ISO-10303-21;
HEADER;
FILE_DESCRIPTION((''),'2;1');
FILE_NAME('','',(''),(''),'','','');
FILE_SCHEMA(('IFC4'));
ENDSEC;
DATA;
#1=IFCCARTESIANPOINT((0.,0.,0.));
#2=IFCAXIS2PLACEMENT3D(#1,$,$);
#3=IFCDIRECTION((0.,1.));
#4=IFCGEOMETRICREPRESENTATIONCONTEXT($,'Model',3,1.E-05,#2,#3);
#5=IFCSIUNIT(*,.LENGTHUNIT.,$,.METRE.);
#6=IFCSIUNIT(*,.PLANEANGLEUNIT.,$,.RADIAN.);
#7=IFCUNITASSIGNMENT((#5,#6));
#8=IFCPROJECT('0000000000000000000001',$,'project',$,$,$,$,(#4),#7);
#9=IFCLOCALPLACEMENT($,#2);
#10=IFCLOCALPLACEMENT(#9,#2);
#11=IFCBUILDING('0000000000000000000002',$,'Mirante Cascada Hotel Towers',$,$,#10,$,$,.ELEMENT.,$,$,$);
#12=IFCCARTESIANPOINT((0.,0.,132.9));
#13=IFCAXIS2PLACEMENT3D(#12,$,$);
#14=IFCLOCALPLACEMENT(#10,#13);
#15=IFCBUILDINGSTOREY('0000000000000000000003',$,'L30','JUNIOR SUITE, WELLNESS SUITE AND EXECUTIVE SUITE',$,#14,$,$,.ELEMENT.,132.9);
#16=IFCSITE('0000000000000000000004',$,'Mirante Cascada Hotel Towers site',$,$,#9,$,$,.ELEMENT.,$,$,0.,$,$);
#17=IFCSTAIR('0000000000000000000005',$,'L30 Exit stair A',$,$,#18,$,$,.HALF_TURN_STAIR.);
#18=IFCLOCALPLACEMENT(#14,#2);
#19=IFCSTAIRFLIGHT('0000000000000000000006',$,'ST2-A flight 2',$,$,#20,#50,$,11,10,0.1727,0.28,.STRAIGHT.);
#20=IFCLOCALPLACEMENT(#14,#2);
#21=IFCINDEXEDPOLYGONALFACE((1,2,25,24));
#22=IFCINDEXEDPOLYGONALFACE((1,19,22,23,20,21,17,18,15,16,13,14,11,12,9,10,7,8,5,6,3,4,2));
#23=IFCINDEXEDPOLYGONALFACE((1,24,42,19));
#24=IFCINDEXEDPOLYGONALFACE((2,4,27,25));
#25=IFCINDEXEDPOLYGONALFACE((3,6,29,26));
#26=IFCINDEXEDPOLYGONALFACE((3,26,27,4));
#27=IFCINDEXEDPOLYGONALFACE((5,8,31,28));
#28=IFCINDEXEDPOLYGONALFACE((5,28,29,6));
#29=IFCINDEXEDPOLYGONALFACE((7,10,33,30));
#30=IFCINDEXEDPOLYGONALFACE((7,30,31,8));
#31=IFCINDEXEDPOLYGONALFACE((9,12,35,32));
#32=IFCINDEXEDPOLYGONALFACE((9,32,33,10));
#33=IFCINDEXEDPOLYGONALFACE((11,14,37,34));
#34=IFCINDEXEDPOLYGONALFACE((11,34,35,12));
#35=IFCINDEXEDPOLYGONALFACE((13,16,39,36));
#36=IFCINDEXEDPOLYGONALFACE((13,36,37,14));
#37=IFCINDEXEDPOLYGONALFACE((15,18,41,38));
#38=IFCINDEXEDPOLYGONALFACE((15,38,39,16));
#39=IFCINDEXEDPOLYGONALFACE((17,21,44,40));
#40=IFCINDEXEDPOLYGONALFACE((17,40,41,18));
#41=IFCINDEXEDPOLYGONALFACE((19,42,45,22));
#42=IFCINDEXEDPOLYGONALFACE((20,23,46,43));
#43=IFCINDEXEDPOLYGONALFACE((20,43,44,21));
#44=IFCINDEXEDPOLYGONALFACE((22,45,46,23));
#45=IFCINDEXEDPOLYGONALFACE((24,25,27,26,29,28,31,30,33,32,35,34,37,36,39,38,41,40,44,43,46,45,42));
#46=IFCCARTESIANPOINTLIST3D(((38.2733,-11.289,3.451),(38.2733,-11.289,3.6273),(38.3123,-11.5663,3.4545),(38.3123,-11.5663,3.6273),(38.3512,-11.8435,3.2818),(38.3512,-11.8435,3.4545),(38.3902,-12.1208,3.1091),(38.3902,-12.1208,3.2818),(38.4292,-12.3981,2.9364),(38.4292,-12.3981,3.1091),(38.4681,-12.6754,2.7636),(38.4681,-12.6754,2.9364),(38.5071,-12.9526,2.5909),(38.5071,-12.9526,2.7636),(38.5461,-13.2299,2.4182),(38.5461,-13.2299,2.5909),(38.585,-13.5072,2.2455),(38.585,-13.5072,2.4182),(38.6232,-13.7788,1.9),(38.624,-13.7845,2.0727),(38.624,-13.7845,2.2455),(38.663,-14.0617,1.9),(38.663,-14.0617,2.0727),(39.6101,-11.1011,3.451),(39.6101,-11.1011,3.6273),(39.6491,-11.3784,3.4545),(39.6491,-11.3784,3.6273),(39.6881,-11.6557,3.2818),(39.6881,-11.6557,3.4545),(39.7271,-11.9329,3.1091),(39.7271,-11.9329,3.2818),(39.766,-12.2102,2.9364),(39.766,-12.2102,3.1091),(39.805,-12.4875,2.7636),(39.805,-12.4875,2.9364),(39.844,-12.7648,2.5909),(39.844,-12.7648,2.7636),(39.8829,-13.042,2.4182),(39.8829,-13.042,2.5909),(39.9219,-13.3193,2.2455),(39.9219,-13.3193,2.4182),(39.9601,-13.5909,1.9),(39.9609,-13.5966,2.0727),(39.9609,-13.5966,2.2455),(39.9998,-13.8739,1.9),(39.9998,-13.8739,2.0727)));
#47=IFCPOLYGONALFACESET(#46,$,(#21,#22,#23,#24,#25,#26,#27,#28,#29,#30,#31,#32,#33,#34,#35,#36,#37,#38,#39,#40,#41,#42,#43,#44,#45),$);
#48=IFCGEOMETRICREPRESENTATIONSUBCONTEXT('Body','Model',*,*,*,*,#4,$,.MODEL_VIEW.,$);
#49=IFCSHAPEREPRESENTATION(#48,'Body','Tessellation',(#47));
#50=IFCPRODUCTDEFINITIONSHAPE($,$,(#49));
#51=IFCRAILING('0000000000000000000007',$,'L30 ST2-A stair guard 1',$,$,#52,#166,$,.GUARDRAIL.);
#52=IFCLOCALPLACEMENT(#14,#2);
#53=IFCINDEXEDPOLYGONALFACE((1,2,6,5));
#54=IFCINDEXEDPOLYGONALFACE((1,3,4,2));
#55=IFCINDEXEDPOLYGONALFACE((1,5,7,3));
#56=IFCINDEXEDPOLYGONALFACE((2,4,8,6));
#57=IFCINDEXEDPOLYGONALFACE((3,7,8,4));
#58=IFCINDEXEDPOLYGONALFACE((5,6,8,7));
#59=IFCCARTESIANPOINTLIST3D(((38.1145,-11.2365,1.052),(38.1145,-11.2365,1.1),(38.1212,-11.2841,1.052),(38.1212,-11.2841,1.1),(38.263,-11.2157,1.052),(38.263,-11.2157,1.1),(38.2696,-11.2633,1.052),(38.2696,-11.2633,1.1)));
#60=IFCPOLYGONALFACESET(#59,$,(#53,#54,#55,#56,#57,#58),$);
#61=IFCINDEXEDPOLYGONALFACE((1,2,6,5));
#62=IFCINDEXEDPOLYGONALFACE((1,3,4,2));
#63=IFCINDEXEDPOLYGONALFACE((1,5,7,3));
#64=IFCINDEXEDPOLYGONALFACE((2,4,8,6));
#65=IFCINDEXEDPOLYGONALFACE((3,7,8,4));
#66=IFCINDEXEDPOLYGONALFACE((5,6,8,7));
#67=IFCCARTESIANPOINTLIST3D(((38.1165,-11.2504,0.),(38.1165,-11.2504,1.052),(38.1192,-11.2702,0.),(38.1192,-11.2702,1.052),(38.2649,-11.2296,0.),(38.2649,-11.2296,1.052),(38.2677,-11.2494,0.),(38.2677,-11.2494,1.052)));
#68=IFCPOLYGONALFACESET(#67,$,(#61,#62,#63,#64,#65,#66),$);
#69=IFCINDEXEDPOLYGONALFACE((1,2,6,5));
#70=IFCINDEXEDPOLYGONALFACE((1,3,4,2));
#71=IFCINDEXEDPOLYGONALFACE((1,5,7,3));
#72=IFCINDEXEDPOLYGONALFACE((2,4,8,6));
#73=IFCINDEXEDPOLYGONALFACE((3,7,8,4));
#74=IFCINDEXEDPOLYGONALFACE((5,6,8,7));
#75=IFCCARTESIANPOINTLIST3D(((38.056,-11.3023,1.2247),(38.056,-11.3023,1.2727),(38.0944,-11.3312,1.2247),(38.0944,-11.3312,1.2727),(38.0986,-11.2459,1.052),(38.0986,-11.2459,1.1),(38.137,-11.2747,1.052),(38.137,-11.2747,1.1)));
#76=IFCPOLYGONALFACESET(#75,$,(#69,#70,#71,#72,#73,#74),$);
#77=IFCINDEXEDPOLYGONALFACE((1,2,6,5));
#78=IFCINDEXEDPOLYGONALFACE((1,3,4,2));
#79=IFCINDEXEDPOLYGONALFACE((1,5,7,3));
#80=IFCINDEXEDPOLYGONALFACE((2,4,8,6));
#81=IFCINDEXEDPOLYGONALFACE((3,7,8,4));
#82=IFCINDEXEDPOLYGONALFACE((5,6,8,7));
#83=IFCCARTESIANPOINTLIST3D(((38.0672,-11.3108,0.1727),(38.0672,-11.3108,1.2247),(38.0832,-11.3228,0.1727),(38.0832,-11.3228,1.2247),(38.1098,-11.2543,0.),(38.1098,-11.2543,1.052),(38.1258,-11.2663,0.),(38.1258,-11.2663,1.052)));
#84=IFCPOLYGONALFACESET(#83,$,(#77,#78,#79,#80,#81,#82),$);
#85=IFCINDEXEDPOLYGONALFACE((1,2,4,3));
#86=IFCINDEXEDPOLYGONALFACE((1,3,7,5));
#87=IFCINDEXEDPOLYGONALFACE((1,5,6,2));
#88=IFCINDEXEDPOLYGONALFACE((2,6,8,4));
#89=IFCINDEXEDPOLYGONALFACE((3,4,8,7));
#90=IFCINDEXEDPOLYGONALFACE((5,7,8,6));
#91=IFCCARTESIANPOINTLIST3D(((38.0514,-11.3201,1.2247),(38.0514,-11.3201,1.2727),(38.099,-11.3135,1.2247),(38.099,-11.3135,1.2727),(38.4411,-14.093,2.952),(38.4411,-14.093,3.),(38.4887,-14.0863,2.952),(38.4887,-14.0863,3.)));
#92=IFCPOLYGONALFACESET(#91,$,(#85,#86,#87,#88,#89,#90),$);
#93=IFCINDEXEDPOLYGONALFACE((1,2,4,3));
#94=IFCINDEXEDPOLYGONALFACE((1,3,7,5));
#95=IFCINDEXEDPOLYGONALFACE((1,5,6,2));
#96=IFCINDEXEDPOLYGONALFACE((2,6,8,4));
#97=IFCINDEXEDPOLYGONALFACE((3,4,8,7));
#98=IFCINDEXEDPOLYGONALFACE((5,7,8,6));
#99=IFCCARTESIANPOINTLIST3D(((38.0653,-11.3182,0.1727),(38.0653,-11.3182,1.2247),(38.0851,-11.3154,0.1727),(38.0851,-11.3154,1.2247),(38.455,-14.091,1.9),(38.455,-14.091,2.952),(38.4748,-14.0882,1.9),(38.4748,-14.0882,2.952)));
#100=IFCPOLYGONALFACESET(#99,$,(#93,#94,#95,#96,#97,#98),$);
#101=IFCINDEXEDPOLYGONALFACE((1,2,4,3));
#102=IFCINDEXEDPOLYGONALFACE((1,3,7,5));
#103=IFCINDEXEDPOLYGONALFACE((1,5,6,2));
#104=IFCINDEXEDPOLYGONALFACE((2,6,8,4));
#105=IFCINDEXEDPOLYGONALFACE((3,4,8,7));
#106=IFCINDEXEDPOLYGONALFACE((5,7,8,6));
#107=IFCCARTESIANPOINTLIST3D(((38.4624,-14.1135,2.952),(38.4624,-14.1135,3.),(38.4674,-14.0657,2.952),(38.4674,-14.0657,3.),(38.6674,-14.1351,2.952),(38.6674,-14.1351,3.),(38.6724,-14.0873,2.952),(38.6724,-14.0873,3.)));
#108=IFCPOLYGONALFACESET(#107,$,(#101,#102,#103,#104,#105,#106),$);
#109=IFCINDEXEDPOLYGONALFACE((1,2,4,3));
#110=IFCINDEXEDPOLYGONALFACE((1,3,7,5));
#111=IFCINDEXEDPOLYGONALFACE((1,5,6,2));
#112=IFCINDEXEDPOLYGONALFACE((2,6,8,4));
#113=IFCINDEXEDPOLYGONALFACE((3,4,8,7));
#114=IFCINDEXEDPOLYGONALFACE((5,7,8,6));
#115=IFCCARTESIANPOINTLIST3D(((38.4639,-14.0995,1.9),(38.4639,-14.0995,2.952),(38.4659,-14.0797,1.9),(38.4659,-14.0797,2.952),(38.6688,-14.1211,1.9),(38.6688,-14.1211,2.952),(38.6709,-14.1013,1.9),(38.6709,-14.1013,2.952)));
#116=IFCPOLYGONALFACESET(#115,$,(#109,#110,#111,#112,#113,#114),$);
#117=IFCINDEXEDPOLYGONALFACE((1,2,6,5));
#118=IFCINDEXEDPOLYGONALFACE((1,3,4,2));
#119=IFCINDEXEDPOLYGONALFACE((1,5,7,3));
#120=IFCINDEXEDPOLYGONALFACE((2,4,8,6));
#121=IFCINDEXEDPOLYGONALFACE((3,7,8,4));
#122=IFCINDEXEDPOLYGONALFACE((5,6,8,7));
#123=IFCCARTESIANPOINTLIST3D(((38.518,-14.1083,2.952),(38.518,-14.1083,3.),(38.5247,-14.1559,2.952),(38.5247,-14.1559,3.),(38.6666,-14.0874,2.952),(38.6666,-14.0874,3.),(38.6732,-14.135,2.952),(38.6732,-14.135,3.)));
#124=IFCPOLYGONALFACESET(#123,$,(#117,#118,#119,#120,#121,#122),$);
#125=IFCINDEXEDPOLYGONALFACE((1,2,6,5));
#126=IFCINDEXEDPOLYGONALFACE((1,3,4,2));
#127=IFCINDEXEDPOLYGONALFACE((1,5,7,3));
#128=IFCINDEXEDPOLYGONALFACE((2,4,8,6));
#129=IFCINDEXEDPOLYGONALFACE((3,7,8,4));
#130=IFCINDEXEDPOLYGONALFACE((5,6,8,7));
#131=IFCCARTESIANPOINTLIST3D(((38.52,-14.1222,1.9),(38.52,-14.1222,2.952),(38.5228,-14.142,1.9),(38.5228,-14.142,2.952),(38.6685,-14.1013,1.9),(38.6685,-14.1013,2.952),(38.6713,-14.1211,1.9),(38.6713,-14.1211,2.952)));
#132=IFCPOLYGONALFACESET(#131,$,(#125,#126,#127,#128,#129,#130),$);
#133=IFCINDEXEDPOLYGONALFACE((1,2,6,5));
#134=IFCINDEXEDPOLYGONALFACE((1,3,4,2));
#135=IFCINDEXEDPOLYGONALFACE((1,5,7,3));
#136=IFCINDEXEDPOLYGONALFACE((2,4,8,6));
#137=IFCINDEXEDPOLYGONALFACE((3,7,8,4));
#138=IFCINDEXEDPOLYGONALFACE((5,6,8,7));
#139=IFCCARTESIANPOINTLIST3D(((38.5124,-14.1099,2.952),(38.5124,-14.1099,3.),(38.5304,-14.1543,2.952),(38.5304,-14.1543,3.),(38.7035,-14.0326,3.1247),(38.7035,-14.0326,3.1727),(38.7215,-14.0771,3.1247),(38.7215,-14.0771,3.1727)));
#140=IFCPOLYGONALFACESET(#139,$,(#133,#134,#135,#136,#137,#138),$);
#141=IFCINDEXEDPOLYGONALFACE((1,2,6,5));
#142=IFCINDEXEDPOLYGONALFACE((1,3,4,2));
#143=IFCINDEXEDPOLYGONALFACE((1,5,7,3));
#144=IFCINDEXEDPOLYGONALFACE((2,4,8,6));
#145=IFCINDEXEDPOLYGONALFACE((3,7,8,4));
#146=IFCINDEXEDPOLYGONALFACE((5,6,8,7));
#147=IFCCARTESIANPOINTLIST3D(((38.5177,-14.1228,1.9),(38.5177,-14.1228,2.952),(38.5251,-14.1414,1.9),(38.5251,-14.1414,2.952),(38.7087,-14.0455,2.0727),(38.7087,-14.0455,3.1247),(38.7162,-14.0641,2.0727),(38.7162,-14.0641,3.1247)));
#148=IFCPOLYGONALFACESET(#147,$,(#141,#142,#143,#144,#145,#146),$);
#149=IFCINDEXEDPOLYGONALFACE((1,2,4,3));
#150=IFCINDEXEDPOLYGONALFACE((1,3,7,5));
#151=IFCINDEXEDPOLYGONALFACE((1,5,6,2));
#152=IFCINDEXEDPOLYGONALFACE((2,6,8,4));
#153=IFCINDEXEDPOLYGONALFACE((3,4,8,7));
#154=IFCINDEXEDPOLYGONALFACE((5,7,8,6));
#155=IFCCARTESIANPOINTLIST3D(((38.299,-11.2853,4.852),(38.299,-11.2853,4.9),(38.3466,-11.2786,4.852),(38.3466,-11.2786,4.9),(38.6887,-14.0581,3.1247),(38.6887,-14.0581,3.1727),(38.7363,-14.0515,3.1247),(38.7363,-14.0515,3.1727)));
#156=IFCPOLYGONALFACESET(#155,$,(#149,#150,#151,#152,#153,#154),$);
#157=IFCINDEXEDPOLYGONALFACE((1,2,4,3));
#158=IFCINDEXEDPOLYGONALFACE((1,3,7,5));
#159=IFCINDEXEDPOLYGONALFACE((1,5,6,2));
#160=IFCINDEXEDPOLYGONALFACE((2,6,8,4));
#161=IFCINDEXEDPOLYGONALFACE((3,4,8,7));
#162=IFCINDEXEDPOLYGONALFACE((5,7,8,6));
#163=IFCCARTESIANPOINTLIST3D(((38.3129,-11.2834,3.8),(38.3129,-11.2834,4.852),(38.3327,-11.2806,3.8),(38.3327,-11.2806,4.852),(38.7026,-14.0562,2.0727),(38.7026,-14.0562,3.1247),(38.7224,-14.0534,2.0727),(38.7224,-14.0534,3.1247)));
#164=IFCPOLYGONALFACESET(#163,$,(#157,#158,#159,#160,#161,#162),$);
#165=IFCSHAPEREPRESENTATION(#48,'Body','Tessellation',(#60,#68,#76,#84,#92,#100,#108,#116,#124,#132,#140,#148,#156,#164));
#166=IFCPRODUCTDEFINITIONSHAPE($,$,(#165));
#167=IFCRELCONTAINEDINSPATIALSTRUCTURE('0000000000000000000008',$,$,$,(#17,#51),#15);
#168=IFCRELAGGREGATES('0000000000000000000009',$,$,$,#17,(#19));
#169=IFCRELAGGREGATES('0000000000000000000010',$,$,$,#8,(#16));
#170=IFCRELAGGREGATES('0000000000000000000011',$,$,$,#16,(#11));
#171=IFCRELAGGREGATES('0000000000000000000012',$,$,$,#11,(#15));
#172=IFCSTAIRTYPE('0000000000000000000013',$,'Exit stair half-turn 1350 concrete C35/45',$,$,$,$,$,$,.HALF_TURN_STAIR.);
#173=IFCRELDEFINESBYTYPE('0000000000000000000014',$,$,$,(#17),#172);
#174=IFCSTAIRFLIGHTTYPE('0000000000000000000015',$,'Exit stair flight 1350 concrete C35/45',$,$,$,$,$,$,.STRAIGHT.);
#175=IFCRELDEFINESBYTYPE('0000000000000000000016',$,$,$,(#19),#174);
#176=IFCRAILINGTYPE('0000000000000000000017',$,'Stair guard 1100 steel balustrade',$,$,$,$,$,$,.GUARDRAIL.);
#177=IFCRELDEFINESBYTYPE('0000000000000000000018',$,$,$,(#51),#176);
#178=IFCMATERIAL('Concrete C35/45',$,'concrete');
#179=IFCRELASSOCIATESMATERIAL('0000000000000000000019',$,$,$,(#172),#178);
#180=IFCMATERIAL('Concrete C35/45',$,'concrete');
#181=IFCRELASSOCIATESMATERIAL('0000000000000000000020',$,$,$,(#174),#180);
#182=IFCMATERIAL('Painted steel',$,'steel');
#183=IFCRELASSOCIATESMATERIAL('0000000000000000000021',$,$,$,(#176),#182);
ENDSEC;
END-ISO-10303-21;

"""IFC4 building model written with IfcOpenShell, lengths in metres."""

from ifc_helpers import new_model, si_unit, direction, frame, origin, origin_2d, place, context, subcontext, project, spatial, polyline, rectangle, outline, extrude, material, type_object, element, aggregate, save


model = new_model("IFC4")

# Units and contexts
model_context = context("Model", 3, precision=1e-05, world=origin(), true_north=direction((0.0, 1.0)))
body_context = subcontext(model_context, "Body", "Model", "MODEL_VIEW")
ifc_project = project(units=[si_unit("LENGTHUNIT", "METRE"), si_unit("PLANEANGLEUNIT", "RADIAN")], contexts=[model_context])

# Site, building, storey
site_placement = place(None, origin())
site = spatial("IfcSite", under=ifc_project, at=site_placement, Name="Mirante Cascada Hotel Towers site", CompositionType="ELEMENT", RefElevation=0.0)
building_placement = place(site_placement, origin())
building = spatial("IfcBuilding", under=site, at=building_placement, Name="Mirante Cascada Hotel Towers", CompositionType="ELEMENT")
storey_placement = place(building_placement, frame((0.0, 0.0, 132.9)))
storey = spatial("IfcBuildingStorey", under=building, at=storey_placement, Name="L30", Description="JUNIOR SUITE, WELLNESS SUITE AND EXECUTIVE SUITE", CompositionType="ELEMENT", Elevation=132.9)

# Stair, stair flight
ifc_material_1 = material(Name="Concrete C35/45", Category="concrete")
stair_type = type_object("IfcStairType", Name="Exit stair half-turn 1350 concrete C35/45", PredefinedType="HALF_TURN_STAIR", material=ifc_material_1)
stair_placement = place(storey_placement, origin())
stair = element("IfcStair", 1, at=stair_placement, inside=storey, type_object=stair_type, Name="L30 Exit stair A", PredefinedType="HALF_TURN_STAIR")
ifc_material_2 = material(Name="Concrete C35/45", Category="concrete")
stair_flight_type = type_object("IfcStairFlightType", Name="Exit stair flight 1350 concrete C35/45", PredefinedType="STRAIGHT", material=ifc_material_2)
stair_flight_placement = place(storey_placement, frame((39.3314, -13.9678, 1.9), z_axis=(0.0, 0.0, 1.0), x_axis=(-0.139173, 0.990268, 0.0)))
stair_flight = element("IfcStairFlight", 2, at=stair_flight_placement, type_object=stair_flight_type, Name="ST2-A flight 2", NumberOfRisers=11, NumberOfTreads=10, PredefinedType="STRAIGHT", RiserHeight=0.1727, TreadLength=0.28, context=body_context, shape_type="SweptSolid", body=[
    extrude(outline(polyline([(0.0, 0.0), (0.0, 0.1727), (0.28, 0.1727), (0.28, 0.3455), (0.56, 0.3455), (0.56, 0.5182), (0.84, 0.5182), (0.84, 0.6909), (1.12, 0.6909), (1.12, 0.8636), (1.4, 0.8636), (1.4, 1.0364), (1.68, 1.0364), (1.68, 1.2091), (1.96, 1.2091), (1.96, 1.3818), (2.24, 1.3818), (2.24, 1.5545), (2.52, 1.5545), (2.52, 1.7273), (2.8, 1.7273), (2.8, 1.9), (2.8, 1.551), (0.2857, 0.0), (0.0, 0.0)])), frame((0.0, 0.675, 0.0), z_axis=(0.0, -1.0, 0.0), x_axis=(1.0, 0.0, 0.0)), (0.0, 0.0, 1.0), 1.35),
])
aggregate(stair, [stair_flight])

# Railing
ifc_material_3 = material(Name="Painted steel", Category="steel")
railing_type = type_object("IfcRailingType", Name="Stair guard 1100 steel balustrade", PredefinedType="GUARDRAIL", material=ifc_material_3)
railing_placement = place(storey_placement, frame((38.2663, -11.2395, 0.0)))
element("IfcRailing", 3, at=railing_placement, inside=storey, type_object=railing_type, Name="L30 ST2-A stair guard 1", PredefinedType="GUARDRAIL", context=body_context, shape_type="SweptSolid", body=[
    extrude(rectangle(XDim=0.048, YDim=0.048, at=origin_2d()), frame((0.0, 0.0, 1.076), z_axis=(-0.990333, -0.138713, 0.0), x_axis=(0.138713, -0.990333, 0.0)), (0.0, 0.0, 1.0), 0.1499),
    extrude(rectangle(XDim=0.02, YDim=1.052, at=origin_2d()), frame((0.0, 0.0, 0.526), z_axis=(-0.990333, -0.138713, 0.0), x_axis=(0.138713, -0.990333, 0.0)), (0.0, 0.0, 1.0), 0.1499),
    extrude(rectangle(XDim=0.048, YDim=0.048, at=origin_2d()), frame((-0.1485, -0.0208, 1.076), z_axis=(-0.602033, -0.798471, 0.0), x_axis=(0.798471, -0.602033, 0.0)), (0.0, 0.92534, 0.379139), 0.1866),
    extrude(rectangle(XDim=0.02, YDim=1.052, at=origin_2d()), frame((-0.1485, -0.0208, 0.526), z_axis=(-0.602033, -0.798471, 0.0), x_axis=(0.798471, -0.602033, 0.0)), (0.0, 0.92534, 0.379139), 0.1866),
    extrude(rectangle(XDim=0.048, YDim=0.048, at=origin_2d()), frame((-0.1911, -0.0773, 1.2487), z_axis=(0.139176, -0.990268, 0.0), x_axis=(0.990268, 0.139176, 0.0)), (0.0, 0.525021, 0.851089), 3.29),
    extrude(rectangle(XDim=0.02, YDim=1.052, at=origin_2d()), frame((-0.1911, -0.0773, 0.6987), z_axis=(0.139176, -0.990268, 0.0), x_axis=(0.990268, 0.139176, 0.0)), (0.0, 0.525021, 0.851089), 3.29),
    extrude(rectangle(XDim=0.048, YDim=0.048, at=origin_2d()), frame((0.1986, -2.8501, 2.976), z_axis=(0.994495, -0.104786, 0.0), x_axis=(0.104786, 0.994495, 0.0)), (0.0, 0.0, 1.0), 0.2061),
    extrude(rectangle(XDim=0.02, YDim=1.052, at=origin_2d()), frame((0.1986, -2.8501, 2.426), z_axis=(0.994495, -0.104786, 0.0), x_axis=(0.104786, 0.994495, 0.0)), (0.0, 0.0, 1.0), 0.2061),
    extrude(rectangle(XDim=0.048, YDim=0.048, at=origin_2d()), frame((0.4036, -2.8717, 2.976), z_axis=(-0.990241, -0.139367, 0.0), x_axis=(0.139367, -0.990241, 0.0)), (0.0, 0.0, 1.0), 0.15),
    extrude(rectangle(XDim=0.02, YDim=1.052, at=origin_2d()), frame((0.4036, -2.8717, 2.426), z_axis=(-0.990241, -0.139367, 0.0), x_axis=(0.139367, -0.990241, 0.0)), (0.0, 0.0, 1.0), 0.15),
    extrude(rectangle(XDim=0.048, YDim=0.048, at=origin_2d()), frame((0.2551, -2.8926, 2.976), z_axis=(0.927031, 0.374984, 0.0), x_axis=(-0.374984, 0.927031, 0.0)), (0.0, 0.64219, 0.766545), 0.2689),
    extrude(rectangle(XDim=0.02, YDim=1.052, at=origin_2d()), frame((0.2551, -2.8926, 2.426), z_axis=(0.927031, 0.374984, 0.0), x_axis=(-0.374984, 0.927031, 0.0)), (0.0, 0.64219, 0.766545), 0.2689),
    extrude(rectangle(XDim=0.048, YDim=0.048, at=origin_2d()), frame((0.4462, -2.8153, 3.1487), z_axis=(-0.139176, 0.990268, 0.0), x_axis=(-0.990268, -0.139176, 0.0)), (0.0, 0.525021, 0.851089), 3.29),
    extrude(rectangle(XDim=0.02, YDim=1.052, at=origin_2d()), frame((0.4462, -2.8153, 2.5987), z_axis=(-0.139176, 0.990268, 0.0), x_axis=(-0.990268, -0.139176, 0.0)), (0.0, 0.525021, 0.851089), 3.29),
])

save(model, "model.ifc")
